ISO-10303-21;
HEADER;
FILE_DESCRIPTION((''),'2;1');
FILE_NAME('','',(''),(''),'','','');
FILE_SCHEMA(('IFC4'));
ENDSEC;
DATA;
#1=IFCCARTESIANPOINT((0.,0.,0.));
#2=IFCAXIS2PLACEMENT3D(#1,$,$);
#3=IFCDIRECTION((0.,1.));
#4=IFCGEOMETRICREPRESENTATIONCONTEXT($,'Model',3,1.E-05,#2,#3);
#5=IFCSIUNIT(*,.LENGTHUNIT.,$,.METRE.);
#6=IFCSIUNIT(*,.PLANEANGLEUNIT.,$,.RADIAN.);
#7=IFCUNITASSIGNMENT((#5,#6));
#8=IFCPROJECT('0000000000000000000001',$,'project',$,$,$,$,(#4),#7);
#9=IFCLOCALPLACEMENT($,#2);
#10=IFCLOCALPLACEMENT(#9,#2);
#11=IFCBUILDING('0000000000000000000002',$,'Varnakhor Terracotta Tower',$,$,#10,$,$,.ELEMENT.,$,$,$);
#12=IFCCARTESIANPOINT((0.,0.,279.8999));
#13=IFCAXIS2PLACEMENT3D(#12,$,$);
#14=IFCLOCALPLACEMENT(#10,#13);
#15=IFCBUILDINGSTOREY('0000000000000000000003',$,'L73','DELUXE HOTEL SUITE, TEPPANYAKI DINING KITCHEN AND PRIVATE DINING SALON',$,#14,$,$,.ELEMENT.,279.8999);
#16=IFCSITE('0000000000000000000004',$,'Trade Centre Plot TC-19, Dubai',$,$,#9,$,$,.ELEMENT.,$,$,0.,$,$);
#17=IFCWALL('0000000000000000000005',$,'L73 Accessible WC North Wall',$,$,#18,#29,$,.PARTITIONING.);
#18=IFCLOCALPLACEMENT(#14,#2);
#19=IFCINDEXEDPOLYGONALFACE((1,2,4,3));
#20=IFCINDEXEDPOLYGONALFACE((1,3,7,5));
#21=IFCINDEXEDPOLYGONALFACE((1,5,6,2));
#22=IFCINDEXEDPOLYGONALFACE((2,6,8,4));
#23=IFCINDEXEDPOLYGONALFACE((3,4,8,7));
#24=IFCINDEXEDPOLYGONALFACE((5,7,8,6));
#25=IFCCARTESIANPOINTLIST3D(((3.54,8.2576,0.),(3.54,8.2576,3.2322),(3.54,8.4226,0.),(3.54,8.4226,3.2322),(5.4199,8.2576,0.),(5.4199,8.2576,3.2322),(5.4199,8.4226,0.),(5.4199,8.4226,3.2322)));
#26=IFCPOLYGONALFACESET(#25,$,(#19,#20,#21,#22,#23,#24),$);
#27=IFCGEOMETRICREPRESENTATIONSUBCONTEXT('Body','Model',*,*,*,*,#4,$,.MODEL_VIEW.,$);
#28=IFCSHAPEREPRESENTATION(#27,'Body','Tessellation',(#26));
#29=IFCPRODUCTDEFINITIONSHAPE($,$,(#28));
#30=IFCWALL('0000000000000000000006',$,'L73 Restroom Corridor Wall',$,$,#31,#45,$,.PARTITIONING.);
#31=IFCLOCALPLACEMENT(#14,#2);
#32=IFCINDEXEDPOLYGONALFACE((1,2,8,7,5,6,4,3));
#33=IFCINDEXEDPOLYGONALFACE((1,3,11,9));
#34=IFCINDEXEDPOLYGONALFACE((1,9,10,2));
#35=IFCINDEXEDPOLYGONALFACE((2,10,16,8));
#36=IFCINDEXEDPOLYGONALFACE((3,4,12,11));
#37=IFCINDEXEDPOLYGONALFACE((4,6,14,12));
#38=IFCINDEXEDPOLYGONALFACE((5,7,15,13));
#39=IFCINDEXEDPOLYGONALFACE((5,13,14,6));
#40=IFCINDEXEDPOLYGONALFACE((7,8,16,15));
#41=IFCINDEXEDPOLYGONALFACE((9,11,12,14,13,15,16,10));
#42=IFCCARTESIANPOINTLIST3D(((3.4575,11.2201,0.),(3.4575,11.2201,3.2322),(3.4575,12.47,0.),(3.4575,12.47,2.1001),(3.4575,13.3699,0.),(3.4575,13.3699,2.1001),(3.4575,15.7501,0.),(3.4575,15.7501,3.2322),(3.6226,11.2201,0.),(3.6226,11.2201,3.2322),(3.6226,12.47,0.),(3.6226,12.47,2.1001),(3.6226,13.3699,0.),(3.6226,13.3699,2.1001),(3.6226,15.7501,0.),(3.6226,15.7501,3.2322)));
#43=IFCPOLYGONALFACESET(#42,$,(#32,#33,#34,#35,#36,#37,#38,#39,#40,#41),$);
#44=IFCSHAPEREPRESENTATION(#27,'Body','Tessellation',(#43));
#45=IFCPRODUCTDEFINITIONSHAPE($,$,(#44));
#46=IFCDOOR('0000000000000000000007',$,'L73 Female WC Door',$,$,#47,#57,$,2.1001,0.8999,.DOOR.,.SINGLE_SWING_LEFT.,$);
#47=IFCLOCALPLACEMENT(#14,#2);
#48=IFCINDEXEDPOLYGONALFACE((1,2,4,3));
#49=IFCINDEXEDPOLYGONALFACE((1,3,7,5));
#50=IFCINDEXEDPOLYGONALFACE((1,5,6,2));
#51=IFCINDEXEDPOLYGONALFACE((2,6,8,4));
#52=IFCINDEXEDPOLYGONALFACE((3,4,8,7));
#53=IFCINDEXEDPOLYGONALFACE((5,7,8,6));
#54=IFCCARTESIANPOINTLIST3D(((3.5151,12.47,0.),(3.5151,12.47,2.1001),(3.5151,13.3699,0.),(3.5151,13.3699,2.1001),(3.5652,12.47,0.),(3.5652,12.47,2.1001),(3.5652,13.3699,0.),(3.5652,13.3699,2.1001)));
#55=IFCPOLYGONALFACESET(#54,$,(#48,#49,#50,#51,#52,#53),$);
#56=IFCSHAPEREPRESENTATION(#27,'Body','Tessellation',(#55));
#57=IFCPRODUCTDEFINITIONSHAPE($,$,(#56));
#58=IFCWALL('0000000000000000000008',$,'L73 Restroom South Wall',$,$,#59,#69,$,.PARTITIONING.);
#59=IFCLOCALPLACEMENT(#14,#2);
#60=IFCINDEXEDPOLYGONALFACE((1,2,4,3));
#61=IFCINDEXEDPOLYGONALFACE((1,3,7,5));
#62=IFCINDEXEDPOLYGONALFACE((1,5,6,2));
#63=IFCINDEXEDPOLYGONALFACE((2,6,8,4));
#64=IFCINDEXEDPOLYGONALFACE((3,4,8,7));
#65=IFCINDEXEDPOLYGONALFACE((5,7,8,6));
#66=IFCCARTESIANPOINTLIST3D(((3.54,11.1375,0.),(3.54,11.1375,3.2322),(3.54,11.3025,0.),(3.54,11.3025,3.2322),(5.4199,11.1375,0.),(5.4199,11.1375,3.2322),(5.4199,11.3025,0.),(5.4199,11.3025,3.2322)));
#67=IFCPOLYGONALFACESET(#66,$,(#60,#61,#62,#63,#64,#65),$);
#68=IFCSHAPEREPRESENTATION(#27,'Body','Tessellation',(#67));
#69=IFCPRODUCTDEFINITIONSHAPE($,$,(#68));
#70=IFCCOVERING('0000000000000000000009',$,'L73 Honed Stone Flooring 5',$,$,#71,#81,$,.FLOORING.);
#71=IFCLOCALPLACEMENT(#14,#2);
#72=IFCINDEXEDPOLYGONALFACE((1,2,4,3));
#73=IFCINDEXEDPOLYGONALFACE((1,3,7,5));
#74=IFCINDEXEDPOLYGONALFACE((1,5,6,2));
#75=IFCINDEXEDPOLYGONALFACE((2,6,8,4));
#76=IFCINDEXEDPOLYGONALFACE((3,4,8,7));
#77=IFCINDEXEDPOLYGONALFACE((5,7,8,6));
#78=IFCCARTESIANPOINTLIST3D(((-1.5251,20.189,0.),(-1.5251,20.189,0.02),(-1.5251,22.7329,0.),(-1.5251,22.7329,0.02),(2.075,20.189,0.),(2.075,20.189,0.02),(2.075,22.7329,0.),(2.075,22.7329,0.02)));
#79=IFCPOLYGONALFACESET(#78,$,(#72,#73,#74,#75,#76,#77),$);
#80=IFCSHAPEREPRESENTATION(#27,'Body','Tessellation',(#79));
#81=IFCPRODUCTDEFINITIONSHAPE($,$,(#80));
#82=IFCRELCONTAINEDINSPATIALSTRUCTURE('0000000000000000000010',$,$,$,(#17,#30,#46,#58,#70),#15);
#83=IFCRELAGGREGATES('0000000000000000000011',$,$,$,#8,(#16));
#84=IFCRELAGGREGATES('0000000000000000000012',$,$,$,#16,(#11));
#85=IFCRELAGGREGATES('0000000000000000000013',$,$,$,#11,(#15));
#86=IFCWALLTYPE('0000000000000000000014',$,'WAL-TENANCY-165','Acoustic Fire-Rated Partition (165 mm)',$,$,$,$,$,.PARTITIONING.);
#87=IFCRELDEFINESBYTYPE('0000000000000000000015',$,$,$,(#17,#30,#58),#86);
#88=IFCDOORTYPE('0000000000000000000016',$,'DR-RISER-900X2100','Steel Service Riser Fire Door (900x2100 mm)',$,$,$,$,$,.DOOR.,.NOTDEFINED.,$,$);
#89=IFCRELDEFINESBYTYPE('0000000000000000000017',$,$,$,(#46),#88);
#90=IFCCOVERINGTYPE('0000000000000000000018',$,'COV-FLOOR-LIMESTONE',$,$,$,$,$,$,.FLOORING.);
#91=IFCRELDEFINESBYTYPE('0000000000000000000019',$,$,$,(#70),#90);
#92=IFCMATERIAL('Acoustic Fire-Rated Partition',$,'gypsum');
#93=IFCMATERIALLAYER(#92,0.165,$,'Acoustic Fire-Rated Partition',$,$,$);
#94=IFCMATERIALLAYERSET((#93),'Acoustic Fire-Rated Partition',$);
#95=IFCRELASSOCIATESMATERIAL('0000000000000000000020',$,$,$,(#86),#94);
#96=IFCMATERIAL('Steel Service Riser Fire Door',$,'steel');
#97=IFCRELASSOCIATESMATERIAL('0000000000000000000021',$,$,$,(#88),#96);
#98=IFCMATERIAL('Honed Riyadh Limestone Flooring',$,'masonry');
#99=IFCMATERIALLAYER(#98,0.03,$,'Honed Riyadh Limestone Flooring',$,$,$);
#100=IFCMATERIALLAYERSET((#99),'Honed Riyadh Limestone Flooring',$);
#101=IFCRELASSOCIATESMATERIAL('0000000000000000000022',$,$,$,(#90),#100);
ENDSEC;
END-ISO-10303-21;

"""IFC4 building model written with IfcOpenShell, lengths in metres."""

from ifc_helpers import new_model, si_unit, direction, frame, frame_2d, origin, origin_2d, place, context, subcontext, project, spatial, rectangle, extrude, source, transform, mapped, material, layer, layer_set, type_object, type_shapes, element, fill, save


model = new_model("IFC4")

# Units and contexts
model_context = context("Model", 3, precision=1e-05, world=origin(), true_north=direction((0.0, 1.0)))
body_context = subcontext(model_context, "Body", "Model", "MODEL_VIEW")
ifc_project = project(units=[si_unit("LENGTHUNIT", "METRE"), si_unit("PLANEANGLEUNIT", "RADIAN")], contexts=[model_context])

# Site, building, storey
site_placement = place(None, origin())
site = spatial("IfcSite", under=ifc_project, at=site_placement, Name="Trade Centre Plot TC-19, Dubai", CompositionType="ELEMENT", RefElevation=0.0)
building_placement = place(site_placement, origin())
building = spatial("IfcBuilding", under=site, at=building_placement, Name="Varnakhor Terracotta Tower", CompositionType="ELEMENT")
storey_placement = place(building_placement, frame((0.0, 0.0, 279.8999)))
storey = spatial("IfcBuildingStorey", under=building, at=storey_placement, Name="L73", Description="DELUXE HOTEL SUITE, TEPPANYAKI DINING KITCHEN AND PRIVATE DINING SALON", CompositionType="ELEMENT", Elevation=279.8999)

# Wall
ifc_material_1 = material(Name="Acoustic Fire-Rated Partition", Category="gypsum")
ifc_layer_1 = layer(ifc_material_1, 0.165, Name="Acoustic Fire-Rated Partition")
ifc_layer_set_1 = layer_set([ifc_layer_1], Name="Acoustic Fire-Rated Partition")
wall_type_1 = type_object("IfcWallType", Name="WAL-TENANCY-165", Description="Acoustic Fire-Rated Partition (165 mm)", PredefinedType="PARTITIONING", material=ifc_layer_set_1)
wall_1_placement = place(storey_placement, frame((3.54, 8.3401, 0.0), z_axis=(0.0, 0.0, 1.0), x_axis=(1.0, 0.0, 0.0)))
element("IfcWall", 1, at=wall_1_placement, inside=storey, type_object=wall_type_1, Name="L73 Accessible WC North Wall", PredefinedType="PARTITIONING", context=body_context, shape_type="SweptSolid", body=[
    extrude(rectangle(XDim=1.8799, YDim=0.165, at=frame_2d((0.9399, 0.0))), origin(), (0.0, 0.0, 1.0), 3.2322),
])

# Wall, opening, door
wall_2_placement = place(storey_placement, frame((3.54, 11.22, 0.0), z_axis=(0.0, 0.0, 1.0), x_axis=(0.0, 1.0, 0.0)))
wall_2 = element("IfcWall", 2, at=wall_2_placement, inside=storey, type_object=wall_type_1, Name="L73 Restroom Corridor Wall", PredefinedType="PARTITIONING", context=body_context, shape_type="SweptSolid", body=[
    extrude(rectangle(XDim=4.53, YDim=0.165, at=frame_2d((2.2651, 0.0))), origin(), (0.0, 0.0, 1.0), 3.2322),
])
opening_1_placement = place(wall_2_placement, frame((1.25, 0.0, 0.0)))
opening_1 = element("IfcOpeningElement", 3, at=opening_1_placement, cuts=wall_2, PredefinedType="OPENING", context=body_context, shape_type="SweptSolid", body=[
    extrude(rectangle(XDim=0.8999, YDim=2.1001, at=frame_2d((0.45, 1.05))), frame((0.0, 0.0925, 0.0), z_axis=(0.0, -1.0, 0.0), x_axis=(1.0, 0.0, 0.0)), (0.0, 0.0, 1.0), 0.1851),
])
ifc_material_2 = material(Name="Steel Service Riser Fire Door", Category="steel")
door_type_1 = type_object("IfcDoorType", Name="DR-RISER-900X2100", Description="Steel Service Riser Fire Door (900x2100 mm)", OperationType="NOTDEFINED", PredefinedType="DOOR", material=ifc_material_2)
shared_shape_1 = source(origin(), body_context, "Body", "SweptSolid", [
    extrude(rectangle(XDim=0.8999, YDim=2.1001, at=frame_2d((0.45, 1.05))), frame((0.0, 0.0249, 0.0), z_axis=(0.0, -1.0, 0.0), x_axis=(1.0, 0.0, 0.0)), (0.0, 0.0, 1.0), 0.05),
])
type_shapes(door_type_1, [shared_shape_1])
door_1_placement = place(opening_1_placement, origin())
door_1 = element("IfcDoor", 4, at=door_1_placement, inside=storey, type_object=door_type_1, Name="L73 Female WC Door", OperationType="SINGLE_SWING_LEFT", OverallHeight=2.1001, OverallWidth=0.8999, PredefinedType="DOOR", context=body_context, shape_type="MappedRepresentation", body=[
    mapped(shared_shape_1, transform((0.0, 0.0, 0.0), scale=1.0)),
])
fill(opening_1, door_1)

# Wall
wall_3_placement = place(storey_placement, frame((3.54, 11.22, 0.0), z_axis=(0.0, 0.0, 1.0), x_axis=(1.0, 0.0, 0.0)))
element("IfcWall", 5, at=wall_3_placement, inside=storey, type_object=wall_type_1, Name="L73 Restroom South Wall", PredefinedType="PARTITIONING", context=body_context, shape_type="SweptSolid", body=[
    extrude(rectangle(XDim=1.8799, YDim=0.165, at=frame_2d((0.9399, 0.0))), origin(), (0.0, 0.0, 1.0), 3.2322),
])

# Covering
ifc_material_3 = material(Name="Honed Riyadh Limestone Flooring", Category="masonry")
ifc_layer_2 = layer(ifc_material_3, 0.03, Name="Honed Riyadh Limestone Flooring")
ifc_layer_set_2 = layer_set([ifc_layer_2], Name="Honed Riyadh Limestone Flooring")
covering_type = type_object("IfcCoveringType", Name="COV-FLOOR-LIMESTONE", PredefinedType="FLOORING", material=ifc_layer_set_2)
shared_shape_2 = source(origin(), body_context, "Body", "SweptSolid", [
    extrude(rectangle(XDim=3.6001, YDim=2.5439, at=origin_2d()), origin(), (0.0, 0.0, 1.0), 0.02),
])
covering_placement = place(storey_placement, frame((0.2749, 21.4609, 0.0), z_axis=(0.0, 0.0, 1.0), x_axis=(1.0, 0.0, 0.0)))
element("IfcCovering", 6, at=covering_placement, inside=storey, type_object=covering_type, Name="L73 Honed Stone Flooring 5", PredefinedType="FLOORING", context=body_context, shape_type="MappedRepresentation", body=[
    mapped(shared_shape_2, transform((0.0, 0.0, 0.0), scale=1.0)),
])

save(model, "model.ifc")
